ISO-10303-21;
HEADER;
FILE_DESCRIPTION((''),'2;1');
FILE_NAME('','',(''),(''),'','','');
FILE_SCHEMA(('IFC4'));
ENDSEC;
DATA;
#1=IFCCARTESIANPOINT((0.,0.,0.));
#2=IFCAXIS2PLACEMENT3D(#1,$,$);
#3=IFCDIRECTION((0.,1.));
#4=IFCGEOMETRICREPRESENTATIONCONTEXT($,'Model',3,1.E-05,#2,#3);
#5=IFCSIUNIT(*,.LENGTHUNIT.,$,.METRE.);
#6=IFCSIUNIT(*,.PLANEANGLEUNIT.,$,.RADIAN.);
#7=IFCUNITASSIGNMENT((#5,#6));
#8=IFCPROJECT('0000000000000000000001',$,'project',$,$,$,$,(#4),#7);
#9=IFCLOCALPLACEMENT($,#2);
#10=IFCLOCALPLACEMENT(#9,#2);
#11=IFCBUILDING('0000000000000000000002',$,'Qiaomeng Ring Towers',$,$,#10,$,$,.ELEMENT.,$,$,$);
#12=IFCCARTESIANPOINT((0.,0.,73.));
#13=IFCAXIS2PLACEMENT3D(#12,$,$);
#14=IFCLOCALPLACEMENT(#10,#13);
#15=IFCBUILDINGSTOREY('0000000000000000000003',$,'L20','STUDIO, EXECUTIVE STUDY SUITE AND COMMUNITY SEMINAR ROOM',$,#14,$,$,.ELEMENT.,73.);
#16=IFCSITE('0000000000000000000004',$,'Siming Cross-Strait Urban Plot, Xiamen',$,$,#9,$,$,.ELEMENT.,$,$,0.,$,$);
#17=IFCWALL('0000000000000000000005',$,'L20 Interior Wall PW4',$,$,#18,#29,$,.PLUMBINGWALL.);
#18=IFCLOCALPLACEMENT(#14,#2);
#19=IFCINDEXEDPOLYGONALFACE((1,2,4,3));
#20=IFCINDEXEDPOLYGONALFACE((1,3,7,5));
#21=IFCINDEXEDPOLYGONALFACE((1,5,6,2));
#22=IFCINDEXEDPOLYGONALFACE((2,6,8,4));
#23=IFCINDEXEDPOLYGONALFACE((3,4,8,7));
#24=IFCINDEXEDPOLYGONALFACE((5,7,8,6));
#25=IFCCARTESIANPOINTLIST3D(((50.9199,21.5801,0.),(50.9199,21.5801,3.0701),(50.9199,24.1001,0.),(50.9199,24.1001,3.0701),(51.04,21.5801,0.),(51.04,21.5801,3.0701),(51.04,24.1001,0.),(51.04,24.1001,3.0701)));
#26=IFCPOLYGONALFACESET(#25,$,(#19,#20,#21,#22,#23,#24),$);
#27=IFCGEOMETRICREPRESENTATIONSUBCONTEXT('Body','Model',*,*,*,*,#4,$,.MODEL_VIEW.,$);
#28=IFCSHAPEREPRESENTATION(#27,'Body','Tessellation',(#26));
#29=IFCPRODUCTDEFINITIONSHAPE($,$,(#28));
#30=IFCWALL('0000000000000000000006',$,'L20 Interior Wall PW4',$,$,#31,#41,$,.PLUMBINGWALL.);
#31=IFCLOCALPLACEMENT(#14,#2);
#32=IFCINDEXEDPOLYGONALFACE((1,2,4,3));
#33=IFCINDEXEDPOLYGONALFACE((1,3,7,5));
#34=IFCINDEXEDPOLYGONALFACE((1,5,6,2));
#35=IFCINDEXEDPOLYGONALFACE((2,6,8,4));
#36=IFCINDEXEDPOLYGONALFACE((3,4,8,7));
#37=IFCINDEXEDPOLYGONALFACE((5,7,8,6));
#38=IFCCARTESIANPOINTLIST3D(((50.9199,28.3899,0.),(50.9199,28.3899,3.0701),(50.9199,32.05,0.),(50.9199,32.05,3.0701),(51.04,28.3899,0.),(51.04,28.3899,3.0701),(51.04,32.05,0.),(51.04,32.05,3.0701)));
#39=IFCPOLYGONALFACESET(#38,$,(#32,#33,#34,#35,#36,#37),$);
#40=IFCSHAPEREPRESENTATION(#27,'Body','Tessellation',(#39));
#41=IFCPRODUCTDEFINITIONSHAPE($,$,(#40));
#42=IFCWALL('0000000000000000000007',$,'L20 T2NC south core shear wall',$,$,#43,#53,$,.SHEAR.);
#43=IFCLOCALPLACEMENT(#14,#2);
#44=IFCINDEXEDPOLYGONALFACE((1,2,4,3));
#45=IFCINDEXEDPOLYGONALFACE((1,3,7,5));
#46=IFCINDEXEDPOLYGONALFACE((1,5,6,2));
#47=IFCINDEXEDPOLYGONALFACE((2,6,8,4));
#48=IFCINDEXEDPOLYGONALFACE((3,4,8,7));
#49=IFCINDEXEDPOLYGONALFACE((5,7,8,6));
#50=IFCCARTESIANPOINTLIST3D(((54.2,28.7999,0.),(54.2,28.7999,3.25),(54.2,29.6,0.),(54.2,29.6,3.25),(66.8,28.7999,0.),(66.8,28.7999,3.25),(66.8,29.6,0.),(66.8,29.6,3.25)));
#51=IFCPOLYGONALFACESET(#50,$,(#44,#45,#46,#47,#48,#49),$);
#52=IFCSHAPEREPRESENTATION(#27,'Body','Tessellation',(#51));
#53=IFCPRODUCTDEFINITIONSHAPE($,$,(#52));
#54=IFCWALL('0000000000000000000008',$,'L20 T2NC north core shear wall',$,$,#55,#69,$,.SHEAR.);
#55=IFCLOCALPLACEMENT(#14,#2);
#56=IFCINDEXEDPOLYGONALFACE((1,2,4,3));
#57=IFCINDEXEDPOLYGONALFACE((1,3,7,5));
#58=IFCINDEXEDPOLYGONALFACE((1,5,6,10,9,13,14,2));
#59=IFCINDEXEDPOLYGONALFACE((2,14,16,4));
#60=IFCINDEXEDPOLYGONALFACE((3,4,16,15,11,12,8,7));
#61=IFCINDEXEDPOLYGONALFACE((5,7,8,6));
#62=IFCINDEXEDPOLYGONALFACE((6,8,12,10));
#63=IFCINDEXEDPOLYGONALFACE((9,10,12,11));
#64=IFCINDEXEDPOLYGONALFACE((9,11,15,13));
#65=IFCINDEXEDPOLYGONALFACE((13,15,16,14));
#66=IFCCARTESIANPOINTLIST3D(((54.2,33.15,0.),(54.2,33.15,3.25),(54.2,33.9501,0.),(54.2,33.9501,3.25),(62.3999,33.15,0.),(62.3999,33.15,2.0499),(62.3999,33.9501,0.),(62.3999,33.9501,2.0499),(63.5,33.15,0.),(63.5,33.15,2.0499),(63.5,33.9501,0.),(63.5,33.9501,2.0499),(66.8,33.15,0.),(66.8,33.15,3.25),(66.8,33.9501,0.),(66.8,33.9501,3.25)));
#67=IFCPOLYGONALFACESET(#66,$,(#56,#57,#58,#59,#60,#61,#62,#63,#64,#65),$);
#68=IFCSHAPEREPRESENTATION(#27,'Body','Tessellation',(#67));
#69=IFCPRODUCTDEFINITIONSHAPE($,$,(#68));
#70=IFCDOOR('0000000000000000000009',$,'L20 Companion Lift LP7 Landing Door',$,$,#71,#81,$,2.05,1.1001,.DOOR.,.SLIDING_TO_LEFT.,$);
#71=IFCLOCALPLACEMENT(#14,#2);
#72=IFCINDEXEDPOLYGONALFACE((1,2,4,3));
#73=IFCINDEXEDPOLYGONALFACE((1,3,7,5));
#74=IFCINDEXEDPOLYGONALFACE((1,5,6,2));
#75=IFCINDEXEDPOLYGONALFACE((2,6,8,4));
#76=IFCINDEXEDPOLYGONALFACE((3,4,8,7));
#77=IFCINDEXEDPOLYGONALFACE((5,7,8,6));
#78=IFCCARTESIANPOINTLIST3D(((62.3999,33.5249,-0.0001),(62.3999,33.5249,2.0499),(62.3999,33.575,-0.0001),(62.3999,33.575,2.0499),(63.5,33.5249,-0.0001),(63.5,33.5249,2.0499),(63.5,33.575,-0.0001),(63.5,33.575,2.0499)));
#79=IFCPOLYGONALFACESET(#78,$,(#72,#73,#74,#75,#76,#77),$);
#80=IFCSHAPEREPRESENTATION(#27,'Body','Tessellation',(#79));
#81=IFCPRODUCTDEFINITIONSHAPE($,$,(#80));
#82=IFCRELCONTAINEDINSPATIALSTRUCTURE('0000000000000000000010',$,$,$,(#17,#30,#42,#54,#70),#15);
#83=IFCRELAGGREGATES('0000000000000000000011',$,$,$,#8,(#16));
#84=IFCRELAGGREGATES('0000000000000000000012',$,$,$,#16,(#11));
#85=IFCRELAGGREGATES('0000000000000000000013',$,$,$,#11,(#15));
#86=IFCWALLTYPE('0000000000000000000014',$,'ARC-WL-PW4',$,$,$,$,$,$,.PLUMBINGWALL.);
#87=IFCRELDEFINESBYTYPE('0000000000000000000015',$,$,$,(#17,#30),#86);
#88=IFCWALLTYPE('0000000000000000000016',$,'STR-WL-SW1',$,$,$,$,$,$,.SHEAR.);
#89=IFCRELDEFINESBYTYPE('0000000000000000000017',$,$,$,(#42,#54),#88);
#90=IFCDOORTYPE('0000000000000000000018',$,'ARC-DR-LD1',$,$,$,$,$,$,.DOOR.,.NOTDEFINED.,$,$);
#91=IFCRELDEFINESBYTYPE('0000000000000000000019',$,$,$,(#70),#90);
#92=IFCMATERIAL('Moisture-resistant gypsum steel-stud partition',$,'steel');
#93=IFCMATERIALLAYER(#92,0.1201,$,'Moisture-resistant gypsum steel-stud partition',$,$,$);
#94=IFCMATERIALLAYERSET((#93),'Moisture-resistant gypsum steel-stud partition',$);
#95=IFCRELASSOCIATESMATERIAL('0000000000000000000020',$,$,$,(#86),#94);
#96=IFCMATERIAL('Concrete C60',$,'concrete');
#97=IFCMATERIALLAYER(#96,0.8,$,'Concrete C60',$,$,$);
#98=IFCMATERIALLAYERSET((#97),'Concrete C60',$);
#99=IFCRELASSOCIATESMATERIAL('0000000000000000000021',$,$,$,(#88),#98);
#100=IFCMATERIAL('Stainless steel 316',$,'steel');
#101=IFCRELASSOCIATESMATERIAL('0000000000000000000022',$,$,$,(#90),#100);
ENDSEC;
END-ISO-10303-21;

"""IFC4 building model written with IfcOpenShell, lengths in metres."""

from ifc_helpers import new_model, si_unit, direction, frame, frame_2d, origin, place, context, subcontext, project, spatial, rectangle, extrude, source, transform, mapped, material, layer, layer_set, type_object, element, fill, save


model = new_model("IFC4")

# Units and contexts
model_context = context("Model", 3, precision=1e-05, world=origin(), true_north=direction((0.0, 1.0)))
body_context = subcontext(model_context, "Body", "Model", "MODEL_VIEW")
ifc_project = project(units=[si_unit("LENGTHUNIT", "METRE"), si_unit("PLANEANGLEUNIT", "RADIAN")], contexts=[model_context])

# Site, building, storey
site_placement = place(None, origin())
site = spatial("IfcSite", under=ifc_project, at=site_placement, Name="Siming Cross-Strait Urban Plot, Xiamen", CompositionType="ELEMENT", RefElevation=0.0)
building_placement = place(site_placement, origin())
building = spatial("IfcBuilding", under=site, at=building_placement, Name="Qiaomeng Ring Towers", CompositionType="ELEMENT")
storey_placement = place(building_placement, frame((0.0, 0.0, 73.0)))
storey = spatial("IfcBuildingStorey", under=building, at=storey_placement, Name="L20", Description="STUDIO, EXECUTIVE STUDY SUITE AND COMMUNITY SEMINAR ROOM", CompositionType="ELEMENT", Elevation=73.0)

# Walls
ifc_material_1 = material(Name="Moisture-resistant gypsum steel-stud partition", Category="steel")
ifc_layer_1 = layer(ifc_material_1, 0.1201, Name="Moisture-resistant gypsum steel-stud partition")
ifc_layer_set_1 = layer_set([ifc_layer_1], Name="Moisture-resistant gypsum steel-stud partition")
wall_type_1 = type_object("IfcWallType", Name="ARC-WL-PW4", PredefinedType="PLUMBINGWALL", material=ifc_layer_set_1)
wall_1_placement = place(storey_placement, frame((50.98, 21.5801, 0.0), z_axis=(0.0, 0.0, 1.0), x_axis=(0.0, 1.0, 0.0)))
element("IfcWall", 1, at=wall_1_placement, inside=storey, type_object=wall_type_1, Name="L20 Interior Wall PW4", PredefinedType="PLUMBINGWALL", context=body_context, shape_type="SweptSolid", body=[
    extrude(rectangle(XDim=2.52, YDim=0.1201, at=frame_2d((1.26, 0.0))), origin(), (0.0, 0.0, 1.0), 3.0701),
])
wall_2_placement = place(storey_placement, frame((50.98, 28.3899, 0.0), z_axis=(0.0, 0.0, 1.0), x_axis=(0.0, 1.0, 0.0)))
element("IfcWall", 2, at=wall_2_placement, inside=storey, type_object=wall_type_1, Name="L20 Interior Wall PW4", PredefinedType="PLUMBINGWALL", context=body_context, shape_type="SweptSolid", body=[
    extrude(rectangle(XDim=3.6602, YDim=0.1201, at=frame_2d((1.8301, 0.0))), origin(), (0.0, 0.0, 1.0), 3.0701),
])
ifc_material_2 = material(Name="Concrete C60", Category="concrete")
ifc_layer_2 = layer(ifc_material_2, 0.8, Name="Concrete C60")
ifc_layer_set_2 = layer_set([ifc_layer_2], Name="Concrete C60")
wall_type_2 = type_object("IfcWallType", Name="STR-WL-SW1", PredefinedType="SHEAR", material=ifc_layer_set_2)
wall_3_placement = place(storey_placement, frame((54.2, 29.2, 0.0), z_axis=(0.0, 0.0, 1.0), x_axis=(1.0, 0.0, 0.0)))
element("IfcWall", 3, at=wall_3_placement, inside=storey, type_object=wall_type_2, Name="L20 T2NC south core shear wall", PredefinedType="SHEAR", context=body_context, shape_type="SweptSolid", body=[
    extrude(rectangle(XDim=12.6001, YDim=0.8, at=frame_2d((6.3, 0.0))), origin(), (0.0, 0.0, 1.0), 3.25),
])

# Wall, opening, door
wall_4_placement = place(storey_placement, frame((54.2, 33.55, 0.0), z_axis=(0.0, 0.0, 1.0), x_axis=(1.0, 0.0, 0.0)))
wall_4 = element("IfcWall", 4, at=wall_4_placement, inside=storey, type_object=wall_type_2, Name="L20 T2NC north core shear wall", PredefinedType="SHEAR", context=body_context, shape_type="SweptSolid", body=[
    extrude(rectangle(XDim=12.6001, YDim=0.8, at=frame_2d((6.3, 0.0))), origin(), (0.0, 0.0, 1.0), 3.25),
])
opening_placement = place(wall_4_placement, frame((8.2, 0.0, 0.0)))
opening = element("IfcOpeningElement", 5, at=opening_placement, cuts=wall_4, PredefinedType="OPENING", context=body_context, shape_type="SweptSolid", body=[
    extrude(rectangle(XDim=1.1001, YDim=2.05, at=frame_2d((0.55, 1.0249))), frame((0.0, 0.4099, 0.0), z_axis=(0.0, -1.0, 0.0), x_axis=(1.0, 0.0, 0.0)), (0.0, 0.0, 1.0), 0.8201),
])
ifc_material_3 = material(Name="Stainless steel 316", Category="steel")
door_type = type_object("IfcDoorType", Name="ARC-DR-LD1", OperationType="NOTDEFINED", PredefinedType="DOOR", material=ifc_material_3)
shared_shape_1 = source(origin(), body_context, "Body", "SweptSolid", [
    extrude(rectangle(XDim=1.1001, YDim=2.05, at=frame_2d((0.55, 1.0249))), frame((0.0, 0.0249, 0.0), z_axis=(0.0, -1.0, 0.0), x_axis=(1.0, 0.0, 0.0)), (0.0, 0.0, 1.0), 0.05),
])
door_placement = place(opening_placement, origin())
door = element("IfcDoor", 6, at=door_placement, inside=storey, type_object=door_type, Name="L20 Companion Lift LP7 Landing Door", OperationType="SLIDING_TO_LEFT", OverallHeight=2.05, OverallWidth=1.1001, PredefinedType="DOOR", context=body_context, shape_type="MappedRepresentation", body=[
    mapped(shared_shape_1, transform((0.0, 0.0, 0.0), x_axis=(1.0, 0.0, 0.0), y_axis=(0.0, 1.0, 0.0), z_axis=(0.0, 0.0, 1.0), scale=1.0)),
])
fill(opening, door)

save(model, "model.ifc")
